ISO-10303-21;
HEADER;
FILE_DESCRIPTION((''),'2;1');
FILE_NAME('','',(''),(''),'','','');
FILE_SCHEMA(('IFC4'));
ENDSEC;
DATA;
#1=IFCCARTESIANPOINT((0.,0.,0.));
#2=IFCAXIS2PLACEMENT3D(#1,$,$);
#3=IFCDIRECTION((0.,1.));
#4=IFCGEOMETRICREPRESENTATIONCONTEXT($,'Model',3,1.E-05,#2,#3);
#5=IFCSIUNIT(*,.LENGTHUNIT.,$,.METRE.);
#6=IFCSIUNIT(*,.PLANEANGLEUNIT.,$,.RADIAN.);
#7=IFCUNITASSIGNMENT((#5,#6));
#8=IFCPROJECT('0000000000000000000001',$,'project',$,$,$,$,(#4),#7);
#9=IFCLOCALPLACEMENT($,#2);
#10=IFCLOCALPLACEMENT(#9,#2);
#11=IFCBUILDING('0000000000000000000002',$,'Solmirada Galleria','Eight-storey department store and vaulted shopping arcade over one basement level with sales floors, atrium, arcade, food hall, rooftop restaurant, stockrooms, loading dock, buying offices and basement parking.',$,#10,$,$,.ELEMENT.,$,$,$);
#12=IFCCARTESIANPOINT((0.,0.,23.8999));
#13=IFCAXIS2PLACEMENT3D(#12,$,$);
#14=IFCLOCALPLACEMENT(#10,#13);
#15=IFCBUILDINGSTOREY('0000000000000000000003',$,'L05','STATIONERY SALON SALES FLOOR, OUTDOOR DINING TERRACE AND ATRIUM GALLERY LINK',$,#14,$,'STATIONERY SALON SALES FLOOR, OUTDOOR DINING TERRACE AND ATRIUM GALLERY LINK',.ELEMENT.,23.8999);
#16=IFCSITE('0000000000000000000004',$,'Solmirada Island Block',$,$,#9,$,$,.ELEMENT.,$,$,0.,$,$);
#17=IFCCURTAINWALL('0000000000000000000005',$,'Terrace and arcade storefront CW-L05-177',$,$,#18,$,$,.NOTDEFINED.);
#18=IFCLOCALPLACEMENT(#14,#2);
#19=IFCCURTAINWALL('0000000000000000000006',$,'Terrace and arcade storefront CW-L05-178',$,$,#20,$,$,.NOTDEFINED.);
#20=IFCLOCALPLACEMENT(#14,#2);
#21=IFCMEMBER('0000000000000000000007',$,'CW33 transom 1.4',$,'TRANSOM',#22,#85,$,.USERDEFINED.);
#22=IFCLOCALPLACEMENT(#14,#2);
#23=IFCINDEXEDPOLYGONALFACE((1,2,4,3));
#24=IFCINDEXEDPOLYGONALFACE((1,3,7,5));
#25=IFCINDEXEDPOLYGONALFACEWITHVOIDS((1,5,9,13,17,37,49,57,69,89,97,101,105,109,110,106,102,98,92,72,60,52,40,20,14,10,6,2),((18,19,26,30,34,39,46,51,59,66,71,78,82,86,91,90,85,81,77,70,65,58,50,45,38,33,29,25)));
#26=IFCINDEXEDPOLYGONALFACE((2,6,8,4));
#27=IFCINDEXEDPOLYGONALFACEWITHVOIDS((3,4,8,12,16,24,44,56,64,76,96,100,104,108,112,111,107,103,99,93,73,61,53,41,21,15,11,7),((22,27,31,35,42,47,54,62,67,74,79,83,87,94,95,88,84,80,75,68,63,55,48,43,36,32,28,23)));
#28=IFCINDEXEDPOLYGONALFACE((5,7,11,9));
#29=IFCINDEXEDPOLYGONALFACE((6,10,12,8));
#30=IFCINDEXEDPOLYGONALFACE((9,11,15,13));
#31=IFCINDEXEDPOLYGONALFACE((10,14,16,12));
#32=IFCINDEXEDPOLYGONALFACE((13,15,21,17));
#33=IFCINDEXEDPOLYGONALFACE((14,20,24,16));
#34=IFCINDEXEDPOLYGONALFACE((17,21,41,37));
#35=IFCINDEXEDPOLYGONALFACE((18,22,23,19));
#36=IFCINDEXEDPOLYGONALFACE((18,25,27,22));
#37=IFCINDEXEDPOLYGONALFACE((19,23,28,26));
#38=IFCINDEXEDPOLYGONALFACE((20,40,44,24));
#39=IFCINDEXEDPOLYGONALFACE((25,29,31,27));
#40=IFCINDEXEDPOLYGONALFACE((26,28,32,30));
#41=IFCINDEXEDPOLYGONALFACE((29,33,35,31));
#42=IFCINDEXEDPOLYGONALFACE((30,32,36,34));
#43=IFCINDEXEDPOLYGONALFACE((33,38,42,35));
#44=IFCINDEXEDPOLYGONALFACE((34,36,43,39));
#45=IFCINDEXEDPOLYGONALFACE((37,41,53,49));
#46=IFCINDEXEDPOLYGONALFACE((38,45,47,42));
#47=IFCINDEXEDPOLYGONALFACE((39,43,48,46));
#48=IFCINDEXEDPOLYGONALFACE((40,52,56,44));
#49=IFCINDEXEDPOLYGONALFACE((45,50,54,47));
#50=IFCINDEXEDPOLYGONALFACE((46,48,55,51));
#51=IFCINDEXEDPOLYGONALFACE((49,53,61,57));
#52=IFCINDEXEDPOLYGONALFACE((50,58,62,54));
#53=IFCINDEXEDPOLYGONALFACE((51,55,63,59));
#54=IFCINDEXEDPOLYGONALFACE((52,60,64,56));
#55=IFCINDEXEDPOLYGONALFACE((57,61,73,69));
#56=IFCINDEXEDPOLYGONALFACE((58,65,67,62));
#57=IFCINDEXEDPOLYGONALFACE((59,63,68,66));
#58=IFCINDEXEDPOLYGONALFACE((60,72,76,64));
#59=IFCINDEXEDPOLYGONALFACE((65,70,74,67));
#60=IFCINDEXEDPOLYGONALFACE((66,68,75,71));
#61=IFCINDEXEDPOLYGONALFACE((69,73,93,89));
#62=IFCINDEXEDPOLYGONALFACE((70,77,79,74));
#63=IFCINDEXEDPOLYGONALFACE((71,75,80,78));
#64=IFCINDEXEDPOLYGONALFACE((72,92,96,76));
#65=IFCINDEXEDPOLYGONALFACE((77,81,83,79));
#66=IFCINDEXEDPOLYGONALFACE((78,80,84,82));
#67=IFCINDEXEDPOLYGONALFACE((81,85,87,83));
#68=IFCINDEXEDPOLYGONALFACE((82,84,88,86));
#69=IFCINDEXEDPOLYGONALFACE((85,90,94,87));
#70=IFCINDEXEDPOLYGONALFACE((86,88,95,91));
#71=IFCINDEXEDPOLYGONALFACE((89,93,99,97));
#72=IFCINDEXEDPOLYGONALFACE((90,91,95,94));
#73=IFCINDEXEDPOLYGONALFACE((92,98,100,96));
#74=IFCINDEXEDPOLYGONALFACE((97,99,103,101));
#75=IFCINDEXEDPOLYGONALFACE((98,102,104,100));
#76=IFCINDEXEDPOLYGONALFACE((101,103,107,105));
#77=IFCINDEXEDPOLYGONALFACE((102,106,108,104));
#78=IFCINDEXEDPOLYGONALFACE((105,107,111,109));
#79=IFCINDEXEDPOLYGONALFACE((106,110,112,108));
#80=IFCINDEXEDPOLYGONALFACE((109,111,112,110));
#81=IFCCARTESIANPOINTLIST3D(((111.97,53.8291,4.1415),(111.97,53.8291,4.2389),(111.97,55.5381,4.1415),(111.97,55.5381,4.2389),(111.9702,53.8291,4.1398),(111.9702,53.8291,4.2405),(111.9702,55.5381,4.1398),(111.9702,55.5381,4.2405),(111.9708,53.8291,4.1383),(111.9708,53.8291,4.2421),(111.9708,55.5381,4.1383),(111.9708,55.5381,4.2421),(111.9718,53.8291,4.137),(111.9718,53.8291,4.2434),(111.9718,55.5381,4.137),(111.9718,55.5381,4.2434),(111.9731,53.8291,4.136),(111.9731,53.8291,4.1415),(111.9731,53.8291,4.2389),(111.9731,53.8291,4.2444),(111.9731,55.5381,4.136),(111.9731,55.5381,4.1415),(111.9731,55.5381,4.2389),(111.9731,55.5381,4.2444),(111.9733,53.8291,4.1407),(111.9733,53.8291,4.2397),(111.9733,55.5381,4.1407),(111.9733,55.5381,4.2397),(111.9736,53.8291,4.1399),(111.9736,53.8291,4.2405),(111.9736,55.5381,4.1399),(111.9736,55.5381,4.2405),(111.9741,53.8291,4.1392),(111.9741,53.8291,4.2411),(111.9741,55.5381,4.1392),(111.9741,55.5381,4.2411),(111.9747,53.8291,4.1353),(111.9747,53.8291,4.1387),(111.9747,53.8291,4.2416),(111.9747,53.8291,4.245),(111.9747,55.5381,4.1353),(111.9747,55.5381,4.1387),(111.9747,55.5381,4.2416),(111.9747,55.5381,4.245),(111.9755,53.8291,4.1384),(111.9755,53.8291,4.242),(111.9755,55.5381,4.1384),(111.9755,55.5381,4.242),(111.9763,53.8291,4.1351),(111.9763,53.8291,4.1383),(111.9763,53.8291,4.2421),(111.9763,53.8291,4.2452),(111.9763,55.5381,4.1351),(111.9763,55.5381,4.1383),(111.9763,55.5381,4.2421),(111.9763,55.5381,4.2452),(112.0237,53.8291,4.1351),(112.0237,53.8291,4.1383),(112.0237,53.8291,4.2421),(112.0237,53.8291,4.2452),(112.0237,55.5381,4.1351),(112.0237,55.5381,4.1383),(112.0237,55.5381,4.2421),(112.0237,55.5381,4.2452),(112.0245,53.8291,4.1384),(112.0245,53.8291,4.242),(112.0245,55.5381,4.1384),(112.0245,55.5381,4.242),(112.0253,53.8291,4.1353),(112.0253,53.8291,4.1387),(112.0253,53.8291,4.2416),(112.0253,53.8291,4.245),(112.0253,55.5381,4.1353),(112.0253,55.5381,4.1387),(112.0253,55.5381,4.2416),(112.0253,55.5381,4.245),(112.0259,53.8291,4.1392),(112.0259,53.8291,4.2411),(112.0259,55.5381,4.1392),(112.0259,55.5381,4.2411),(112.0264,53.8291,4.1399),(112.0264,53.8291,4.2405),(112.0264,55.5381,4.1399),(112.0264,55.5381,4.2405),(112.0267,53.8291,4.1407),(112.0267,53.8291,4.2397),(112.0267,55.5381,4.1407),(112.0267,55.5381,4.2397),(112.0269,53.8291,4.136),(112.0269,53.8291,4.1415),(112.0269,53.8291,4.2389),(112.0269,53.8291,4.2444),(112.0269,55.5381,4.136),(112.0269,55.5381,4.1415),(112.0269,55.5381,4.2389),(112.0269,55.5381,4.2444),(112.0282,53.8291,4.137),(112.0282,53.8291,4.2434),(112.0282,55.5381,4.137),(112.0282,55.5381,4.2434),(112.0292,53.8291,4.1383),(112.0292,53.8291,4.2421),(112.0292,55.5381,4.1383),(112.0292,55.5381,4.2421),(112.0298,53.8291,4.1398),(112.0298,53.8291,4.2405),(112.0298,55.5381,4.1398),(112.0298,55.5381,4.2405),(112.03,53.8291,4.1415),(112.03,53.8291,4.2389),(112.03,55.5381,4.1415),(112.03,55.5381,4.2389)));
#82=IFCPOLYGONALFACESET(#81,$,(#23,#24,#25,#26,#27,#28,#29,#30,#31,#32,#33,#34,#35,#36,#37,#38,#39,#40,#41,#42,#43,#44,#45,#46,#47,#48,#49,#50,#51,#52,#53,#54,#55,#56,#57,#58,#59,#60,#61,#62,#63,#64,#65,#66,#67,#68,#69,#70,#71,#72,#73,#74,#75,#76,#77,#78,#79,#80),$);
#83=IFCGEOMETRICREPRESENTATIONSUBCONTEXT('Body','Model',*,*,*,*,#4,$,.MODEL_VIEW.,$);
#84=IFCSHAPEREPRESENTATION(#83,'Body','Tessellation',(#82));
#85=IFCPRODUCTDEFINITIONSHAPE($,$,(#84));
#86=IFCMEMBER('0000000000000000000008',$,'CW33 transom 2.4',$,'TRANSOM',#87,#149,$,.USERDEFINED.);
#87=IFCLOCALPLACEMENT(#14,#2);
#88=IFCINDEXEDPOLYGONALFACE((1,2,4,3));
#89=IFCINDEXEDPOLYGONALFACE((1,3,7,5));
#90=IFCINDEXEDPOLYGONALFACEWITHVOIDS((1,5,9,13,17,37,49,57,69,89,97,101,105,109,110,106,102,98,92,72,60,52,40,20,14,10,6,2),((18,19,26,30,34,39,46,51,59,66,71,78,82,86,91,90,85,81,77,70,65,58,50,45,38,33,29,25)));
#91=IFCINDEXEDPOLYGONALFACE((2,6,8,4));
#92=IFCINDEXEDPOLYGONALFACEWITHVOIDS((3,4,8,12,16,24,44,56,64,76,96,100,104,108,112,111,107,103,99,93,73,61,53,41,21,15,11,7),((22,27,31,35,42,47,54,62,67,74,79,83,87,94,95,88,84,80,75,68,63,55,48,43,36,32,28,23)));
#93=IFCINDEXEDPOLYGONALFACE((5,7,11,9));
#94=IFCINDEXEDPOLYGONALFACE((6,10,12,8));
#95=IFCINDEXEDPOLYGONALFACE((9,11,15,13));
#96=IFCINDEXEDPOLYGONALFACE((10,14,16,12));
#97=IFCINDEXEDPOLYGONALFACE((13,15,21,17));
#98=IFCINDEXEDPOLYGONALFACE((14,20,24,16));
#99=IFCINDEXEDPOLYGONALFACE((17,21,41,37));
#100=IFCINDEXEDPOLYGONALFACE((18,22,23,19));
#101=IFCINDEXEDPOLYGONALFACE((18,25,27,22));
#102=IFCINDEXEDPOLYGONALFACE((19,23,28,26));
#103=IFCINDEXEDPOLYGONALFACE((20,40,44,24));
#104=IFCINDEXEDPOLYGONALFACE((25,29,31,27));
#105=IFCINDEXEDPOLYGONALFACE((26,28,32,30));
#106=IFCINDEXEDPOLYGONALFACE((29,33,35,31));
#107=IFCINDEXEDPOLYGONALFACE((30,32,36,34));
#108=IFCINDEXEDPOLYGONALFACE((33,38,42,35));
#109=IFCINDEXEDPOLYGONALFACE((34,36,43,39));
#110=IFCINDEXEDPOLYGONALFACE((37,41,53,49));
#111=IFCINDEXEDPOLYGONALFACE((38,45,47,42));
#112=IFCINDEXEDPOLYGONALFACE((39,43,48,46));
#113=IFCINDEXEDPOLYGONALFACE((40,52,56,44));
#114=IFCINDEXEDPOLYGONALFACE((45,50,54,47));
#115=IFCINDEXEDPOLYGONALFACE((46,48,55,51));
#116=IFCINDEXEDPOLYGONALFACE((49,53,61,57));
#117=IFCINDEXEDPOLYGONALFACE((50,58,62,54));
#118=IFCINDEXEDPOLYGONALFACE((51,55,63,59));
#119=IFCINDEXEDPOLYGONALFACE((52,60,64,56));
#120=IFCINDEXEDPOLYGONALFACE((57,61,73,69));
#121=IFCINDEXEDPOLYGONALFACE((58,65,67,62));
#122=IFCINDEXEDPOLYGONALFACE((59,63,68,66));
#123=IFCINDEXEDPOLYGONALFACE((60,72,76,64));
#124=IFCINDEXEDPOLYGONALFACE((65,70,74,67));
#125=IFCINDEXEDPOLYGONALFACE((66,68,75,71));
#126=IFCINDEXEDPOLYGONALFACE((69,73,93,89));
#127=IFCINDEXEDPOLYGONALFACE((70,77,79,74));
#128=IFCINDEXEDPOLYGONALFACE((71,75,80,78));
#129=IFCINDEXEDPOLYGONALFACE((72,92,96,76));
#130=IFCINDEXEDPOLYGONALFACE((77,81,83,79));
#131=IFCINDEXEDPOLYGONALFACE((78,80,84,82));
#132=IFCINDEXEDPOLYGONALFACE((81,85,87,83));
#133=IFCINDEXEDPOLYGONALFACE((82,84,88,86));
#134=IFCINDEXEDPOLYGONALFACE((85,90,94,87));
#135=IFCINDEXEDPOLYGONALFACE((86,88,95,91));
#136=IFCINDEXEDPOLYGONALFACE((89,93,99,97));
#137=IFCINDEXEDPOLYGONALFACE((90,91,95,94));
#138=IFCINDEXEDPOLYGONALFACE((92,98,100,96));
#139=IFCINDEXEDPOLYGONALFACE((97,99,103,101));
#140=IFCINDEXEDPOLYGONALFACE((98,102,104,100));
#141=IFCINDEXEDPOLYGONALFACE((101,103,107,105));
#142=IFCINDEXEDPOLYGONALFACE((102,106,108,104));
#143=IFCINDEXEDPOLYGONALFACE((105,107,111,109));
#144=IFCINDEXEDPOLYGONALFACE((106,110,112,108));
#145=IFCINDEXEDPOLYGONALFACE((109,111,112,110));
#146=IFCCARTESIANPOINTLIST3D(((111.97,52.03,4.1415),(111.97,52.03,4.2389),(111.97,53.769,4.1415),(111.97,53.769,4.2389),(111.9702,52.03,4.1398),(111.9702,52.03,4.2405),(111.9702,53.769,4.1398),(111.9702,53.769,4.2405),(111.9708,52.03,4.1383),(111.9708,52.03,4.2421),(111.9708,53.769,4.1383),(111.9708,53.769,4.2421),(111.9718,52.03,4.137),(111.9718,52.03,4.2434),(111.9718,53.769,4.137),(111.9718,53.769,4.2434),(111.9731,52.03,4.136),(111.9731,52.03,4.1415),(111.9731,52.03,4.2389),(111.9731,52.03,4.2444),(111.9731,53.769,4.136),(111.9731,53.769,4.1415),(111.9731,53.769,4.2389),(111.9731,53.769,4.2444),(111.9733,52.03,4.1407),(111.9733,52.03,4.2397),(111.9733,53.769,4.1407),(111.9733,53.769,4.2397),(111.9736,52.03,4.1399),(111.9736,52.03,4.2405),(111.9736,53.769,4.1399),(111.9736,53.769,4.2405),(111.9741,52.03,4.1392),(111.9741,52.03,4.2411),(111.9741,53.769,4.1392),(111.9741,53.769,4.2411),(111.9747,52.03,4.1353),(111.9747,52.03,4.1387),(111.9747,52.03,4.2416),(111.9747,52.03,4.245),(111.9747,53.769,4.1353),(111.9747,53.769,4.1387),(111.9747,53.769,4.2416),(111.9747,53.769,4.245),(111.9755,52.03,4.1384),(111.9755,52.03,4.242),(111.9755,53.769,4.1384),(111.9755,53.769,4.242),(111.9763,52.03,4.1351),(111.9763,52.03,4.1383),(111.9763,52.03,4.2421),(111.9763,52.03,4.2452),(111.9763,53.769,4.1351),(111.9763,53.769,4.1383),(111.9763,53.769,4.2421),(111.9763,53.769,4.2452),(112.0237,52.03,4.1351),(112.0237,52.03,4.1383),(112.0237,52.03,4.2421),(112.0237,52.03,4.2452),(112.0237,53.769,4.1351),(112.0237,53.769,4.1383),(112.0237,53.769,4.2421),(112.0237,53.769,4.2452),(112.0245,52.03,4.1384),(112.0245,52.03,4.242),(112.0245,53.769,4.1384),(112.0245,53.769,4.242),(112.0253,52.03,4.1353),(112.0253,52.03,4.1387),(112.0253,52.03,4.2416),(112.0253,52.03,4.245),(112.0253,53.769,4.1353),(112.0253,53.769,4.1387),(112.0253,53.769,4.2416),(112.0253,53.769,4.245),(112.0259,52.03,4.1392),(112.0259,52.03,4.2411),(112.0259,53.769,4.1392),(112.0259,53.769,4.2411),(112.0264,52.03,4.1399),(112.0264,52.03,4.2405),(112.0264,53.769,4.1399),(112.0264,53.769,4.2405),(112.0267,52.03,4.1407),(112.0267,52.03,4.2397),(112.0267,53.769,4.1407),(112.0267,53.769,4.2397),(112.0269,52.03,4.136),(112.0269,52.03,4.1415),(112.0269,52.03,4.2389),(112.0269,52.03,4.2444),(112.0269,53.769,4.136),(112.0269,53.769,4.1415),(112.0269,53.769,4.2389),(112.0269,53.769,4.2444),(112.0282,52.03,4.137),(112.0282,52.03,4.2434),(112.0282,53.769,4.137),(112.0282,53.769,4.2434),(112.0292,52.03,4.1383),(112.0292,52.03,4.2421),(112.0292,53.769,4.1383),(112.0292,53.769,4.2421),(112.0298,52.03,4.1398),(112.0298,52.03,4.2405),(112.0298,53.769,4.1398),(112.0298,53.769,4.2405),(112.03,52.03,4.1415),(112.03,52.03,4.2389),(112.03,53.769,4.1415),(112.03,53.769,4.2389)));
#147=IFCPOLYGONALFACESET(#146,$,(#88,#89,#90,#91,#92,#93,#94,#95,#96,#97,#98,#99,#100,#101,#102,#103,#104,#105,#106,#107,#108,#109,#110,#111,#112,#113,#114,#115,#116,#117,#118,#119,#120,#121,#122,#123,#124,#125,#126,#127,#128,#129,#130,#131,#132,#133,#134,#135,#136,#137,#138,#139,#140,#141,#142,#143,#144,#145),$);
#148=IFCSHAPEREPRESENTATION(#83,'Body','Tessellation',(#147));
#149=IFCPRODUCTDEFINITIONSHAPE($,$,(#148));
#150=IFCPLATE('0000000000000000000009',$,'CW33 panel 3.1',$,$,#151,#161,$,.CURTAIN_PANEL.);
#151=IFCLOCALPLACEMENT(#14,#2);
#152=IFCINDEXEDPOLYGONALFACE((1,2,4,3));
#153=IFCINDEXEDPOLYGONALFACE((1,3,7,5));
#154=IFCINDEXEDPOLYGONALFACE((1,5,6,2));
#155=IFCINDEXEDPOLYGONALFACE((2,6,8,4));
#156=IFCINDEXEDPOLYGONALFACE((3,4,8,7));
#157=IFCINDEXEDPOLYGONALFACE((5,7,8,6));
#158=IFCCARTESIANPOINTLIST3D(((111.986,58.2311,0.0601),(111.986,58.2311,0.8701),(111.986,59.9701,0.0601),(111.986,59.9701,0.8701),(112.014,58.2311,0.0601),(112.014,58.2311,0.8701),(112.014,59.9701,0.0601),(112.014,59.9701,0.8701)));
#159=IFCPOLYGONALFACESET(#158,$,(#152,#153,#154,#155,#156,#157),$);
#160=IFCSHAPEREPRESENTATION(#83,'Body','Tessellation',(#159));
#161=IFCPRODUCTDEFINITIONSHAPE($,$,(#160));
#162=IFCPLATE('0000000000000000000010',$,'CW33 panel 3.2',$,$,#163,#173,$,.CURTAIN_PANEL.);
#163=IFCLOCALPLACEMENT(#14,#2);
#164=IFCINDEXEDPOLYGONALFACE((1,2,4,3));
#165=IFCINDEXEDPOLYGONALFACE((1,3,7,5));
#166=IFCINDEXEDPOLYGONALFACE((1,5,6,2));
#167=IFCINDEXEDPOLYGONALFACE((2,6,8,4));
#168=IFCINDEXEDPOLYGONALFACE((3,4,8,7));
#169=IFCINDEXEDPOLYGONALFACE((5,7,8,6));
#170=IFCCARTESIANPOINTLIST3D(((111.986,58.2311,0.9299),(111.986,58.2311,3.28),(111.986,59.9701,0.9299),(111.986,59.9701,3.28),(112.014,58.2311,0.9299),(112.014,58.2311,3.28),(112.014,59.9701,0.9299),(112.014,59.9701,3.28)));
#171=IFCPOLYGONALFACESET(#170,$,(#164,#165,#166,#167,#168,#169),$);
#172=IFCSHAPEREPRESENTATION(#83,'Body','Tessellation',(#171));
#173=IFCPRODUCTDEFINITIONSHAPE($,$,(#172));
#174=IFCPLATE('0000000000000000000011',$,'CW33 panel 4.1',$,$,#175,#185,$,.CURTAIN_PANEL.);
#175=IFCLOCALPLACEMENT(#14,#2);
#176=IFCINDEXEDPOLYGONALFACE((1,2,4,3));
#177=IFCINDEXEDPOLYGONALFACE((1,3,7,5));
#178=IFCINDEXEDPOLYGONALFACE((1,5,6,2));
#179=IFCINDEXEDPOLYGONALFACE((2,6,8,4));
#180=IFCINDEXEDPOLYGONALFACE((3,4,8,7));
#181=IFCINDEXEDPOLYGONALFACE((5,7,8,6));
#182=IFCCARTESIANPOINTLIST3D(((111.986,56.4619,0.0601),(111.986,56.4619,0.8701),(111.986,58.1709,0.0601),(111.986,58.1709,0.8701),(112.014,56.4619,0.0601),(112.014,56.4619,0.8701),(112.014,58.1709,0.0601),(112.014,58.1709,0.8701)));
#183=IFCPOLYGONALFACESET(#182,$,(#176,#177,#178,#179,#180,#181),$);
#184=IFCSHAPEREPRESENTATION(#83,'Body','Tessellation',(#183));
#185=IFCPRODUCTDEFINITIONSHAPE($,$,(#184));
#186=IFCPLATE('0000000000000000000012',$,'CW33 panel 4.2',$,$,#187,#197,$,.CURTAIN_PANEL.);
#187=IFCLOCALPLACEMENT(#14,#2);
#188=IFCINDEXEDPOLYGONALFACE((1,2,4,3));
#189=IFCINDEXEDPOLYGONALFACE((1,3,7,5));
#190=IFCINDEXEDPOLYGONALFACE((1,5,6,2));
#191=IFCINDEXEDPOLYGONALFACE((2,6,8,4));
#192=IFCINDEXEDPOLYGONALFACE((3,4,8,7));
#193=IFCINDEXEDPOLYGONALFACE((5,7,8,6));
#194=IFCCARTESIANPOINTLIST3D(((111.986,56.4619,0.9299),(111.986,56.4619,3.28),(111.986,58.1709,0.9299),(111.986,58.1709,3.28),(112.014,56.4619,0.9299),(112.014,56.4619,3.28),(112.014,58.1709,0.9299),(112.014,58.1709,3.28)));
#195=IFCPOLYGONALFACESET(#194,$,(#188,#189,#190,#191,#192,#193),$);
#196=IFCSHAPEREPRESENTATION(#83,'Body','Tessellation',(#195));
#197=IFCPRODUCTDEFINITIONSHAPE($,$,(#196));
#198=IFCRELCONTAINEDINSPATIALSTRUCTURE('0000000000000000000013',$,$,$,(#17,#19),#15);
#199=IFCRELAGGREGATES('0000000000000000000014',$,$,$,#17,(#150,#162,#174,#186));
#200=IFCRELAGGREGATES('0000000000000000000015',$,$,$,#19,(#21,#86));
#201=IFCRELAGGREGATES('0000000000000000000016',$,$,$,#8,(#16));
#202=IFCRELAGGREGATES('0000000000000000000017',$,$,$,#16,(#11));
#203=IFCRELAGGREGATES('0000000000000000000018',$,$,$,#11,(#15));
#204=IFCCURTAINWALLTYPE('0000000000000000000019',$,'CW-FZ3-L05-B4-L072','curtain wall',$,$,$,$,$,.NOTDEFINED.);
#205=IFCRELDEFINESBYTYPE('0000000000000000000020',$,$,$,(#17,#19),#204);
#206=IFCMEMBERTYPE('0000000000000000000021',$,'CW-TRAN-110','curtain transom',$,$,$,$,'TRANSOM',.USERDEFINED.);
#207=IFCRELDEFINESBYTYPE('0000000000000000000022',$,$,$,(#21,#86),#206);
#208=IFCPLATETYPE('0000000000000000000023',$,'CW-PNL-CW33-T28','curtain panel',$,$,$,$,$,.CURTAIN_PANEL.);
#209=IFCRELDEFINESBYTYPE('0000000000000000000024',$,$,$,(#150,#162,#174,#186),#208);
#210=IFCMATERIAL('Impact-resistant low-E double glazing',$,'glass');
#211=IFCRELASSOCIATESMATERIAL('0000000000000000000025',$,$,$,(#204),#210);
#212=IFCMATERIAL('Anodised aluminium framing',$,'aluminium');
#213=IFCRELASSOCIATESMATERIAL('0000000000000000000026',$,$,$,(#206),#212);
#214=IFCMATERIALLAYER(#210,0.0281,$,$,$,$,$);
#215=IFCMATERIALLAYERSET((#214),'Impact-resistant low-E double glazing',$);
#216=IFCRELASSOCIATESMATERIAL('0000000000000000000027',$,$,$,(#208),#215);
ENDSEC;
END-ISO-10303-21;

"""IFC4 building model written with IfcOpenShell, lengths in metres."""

from ifc_helpers import new_model, si_unit, direction, frame, origin, origin_2d, place, context, subcontext, project, spatial, rectangle, hollow_rectangle, extrude, material, layer, layer_set, material_profile, profile_set, type_object, element, aggregate, save


model = new_model("IFC4")

# Units and contexts
model_context = context("Model", 3, precision=1e-05, world=origin(), true_north=direction((0.0, 1.0)))
body_context = subcontext(model_context, "Body", "Model", "MODEL_VIEW")
ifc_project = project(units=[si_unit("LENGTHUNIT", "METRE"), si_unit("PLANEANGLEUNIT", "RADIAN")], contexts=[model_context])

# Site, building, storey
site_placement = place(None, origin())
site = spatial("IfcSite", under=ifc_project, at=site_placement, Name="Solmirada Island Block", CompositionType="ELEMENT", RefElevation=0.0)
building_placement = place(site_placement, origin())
building = spatial("IfcBuilding", under=site, at=building_placement, Name="Solmirada Galleria", Description="Eight-storey department store and vaulted shopping arcade over one basement level with sales floors, atrium, arcade, food hall, rooftop restaurant, stockrooms, loading dock, buying offices and basement parking.", CompositionType="ELEMENT")
storey_placement = place(building_placement, frame((0.0, 0.0, 23.8999)))
storey = spatial("IfcBuildingStorey", under=building, at=storey_placement, Name="L05", Description="STATIONERY SALON SALES FLOOR, OUTDOOR DINING TERRACE AND ATRIUM GALLERY LINK", LongName="STATIONERY SALON SALES FLOOR, OUTDOOR DINING TERRACE AND ATRIUM GALLERY LINK", CompositionType="ELEMENT", Elevation=23.8999)

# Curtain walls
ifc_material_1 = material(Name="Impact-resistant low-E double glazing", Category="glass")
curtain_wall_type = type_object("IfcCurtainWallType", Name="CW-FZ3-L05-B4-L072", Description="curtain wall", PredefinedType="NOTDEFINED", material=ifc_material_1)
curtain_wall_1_placement = place(storey_placement, origin())
curtain_wall_1 = element("IfcCurtainWall", 1, at=curtain_wall_1_placement, inside=storey, type_object=curtain_wall_type, Name="Terrace and arcade storefront CW-L05-177", PredefinedType="NOTDEFINED")
ifc_material_2 = material(Name="Anodised aluminium framing", Category="aluminium")
curtain_wall_2_placement = place(storey_placement, origin())
curtain_wall_2 = element("IfcCurtainWall", 2, at=curtain_wall_2_placement, inside=storey, type_object=curtain_wall_type, Name="Terrace and arcade storefront CW-L05-178", PredefinedType="NOTDEFINED")

# Members
ifc_material_profile_1 = material_profile(ifc_material_2, hollow_rectangle(XDim=0.0601, YDim=0.1101, WallThickness=0.0032, InnerFilletRadius=0.0032, OuterFilletRadius=0.0063, at=origin_2d()), Name="ALU-TRAN-110X60")
ifc_profile_set_1 = profile_set([ifc_material_profile_1], Name="Anodised aluminium framing")
member_type_1 = type_object("IfcMemberType", Name="CW-TRAN-110", Description="curtain transom", ElementType="TRANSOM", PredefinedType="USERDEFINED", material=ifc_profile_set_1)
member_1_placement = place(storey_placement, frame((112.0, 55.5381, 4.1902), z_axis=(0.0, -1.0, 0.0), x_axis=(1.0, 0.0, 0.0)))
member_1 = element("IfcMember", 3, at=member_1_placement, type_object=member_type_1, Name="CW33 transom 1.4", ObjectType="TRANSOM", PredefinedType="USERDEFINED", context=body_context, shape_type="SweptSolid", body=[
    extrude(hollow_rectangle(XDim=0.0601, YDim=0.1101, WallThickness=0.0032, InnerFilletRadius=0.0032, OuterFilletRadius=0.0063, at=origin_2d()), origin(), (0.0, 0.0, 1.0), 1.709),
])
member_2_placement = place(storey_placement, frame((112.0, 53.769, 4.1902), z_axis=(0.0, -1.0, 0.0), x_axis=(1.0, 0.0, 0.0)))
member_2 = element("IfcMember", 4, at=member_2_placement, type_object=member_type_1, Name="CW33 transom 2.4", ObjectType="TRANSOM", PredefinedType="USERDEFINED", context=body_context, shape_type="SweptSolid", body=[
    extrude(hollow_rectangle(XDim=0.0601, YDim=0.1101, WallThickness=0.0032, InnerFilletRadius=0.0032, OuterFilletRadius=0.0063, at=origin_2d()), origin(), (0.0, 0.0, 1.0), 1.739),
])

# Plates
ifc_layer = layer(ifc_material_1, 0.0281)
ifc_layer_set = layer_set([ifc_layer], Name="Impact-resistant low-E double glazing")
plate_type = type_object("IfcPlateType", Name="CW-PNL-CW33-T28", Description="curtain panel", PredefinedType="CURTAIN_PANEL", material=ifc_layer_set)
plate_1_placement = place(storey_placement, frame((112.0, 59.1006, 0.0601), z_axis=(0.0, 0.0, 1.0), x_axis=(0.0, -1.0, 0.0)))
plate_1 = element("IfcPlate", 5, at=plate_1_placement, type_object=plate_type, Name="CW33 panel 3.1", PredefinedType="CURTAIN_PANEL", context=body_context, shape_type="SweptSolid", body=[
    extrude(rectangle(XDim=1.739, YDim=0.0281, at=origin_2d()), origin(), (0.0, 0.0, 1.0), 0.8101),
])
plate_2_placement = place(storey_placement, frame((112.0, 59.1006, 0.9299), z_axis=(0.0, 0.0, 1.0), x_axis=(0.0, -1.0, 0.0)))
plate_2 = element("IfcPlate", 6, at=plate_2_placement, type_object=plate_type, Name="CW33 panel 3.2", PredefinedType="CURTAIN_PANEL", context=body_context, shape_type="SweptSolid", body=[
    extrude(rectangle(XDim=1.739, YDim=0.0281, at=origin_2d()), origin(), (0.0, 0.0, 1.0), 2.3501),
])
plate_3_placement = place(storey_placement, frame((112.0, 57.3164, 0.0601), z_axis=(0.0, 0.0, 1.0), x_axis=(0.0, -1.0, 0.0)))
plate_3 = element("IfcPlate", 7, at=plate_3_placement, type_object=plate_type, Name="CW33 panel 4.1", PredefinedType="CURTAIN_PANEL", context=body_context, shape_type="SweptSolid", body=[
    extrude(rectangle(XDim=1.709, YDim=0.0281, at=origin_2d()), origin(), (0.0, 0.0, 1.0), 0.8101),
])
plate_4_placement = place(storey_placement, frame((112.0, 57.3164, 0.9299), z_axis=(0.0, 0.0, 1.0), x_axis=(0.0, -1.0, 0.0)))
plate_4 = element("IfcPlate", 8, at=plate_4_placement, type_object=plate_type, Name="CW33 panel 4.2", PredefinedType="CURTAIN_PANEL", context=body_context, shape_type="SweptSolid", body=[
    extrude(rectangle(XDim=1.709, YDim=0.0281, at=origin_2d()), origin(), (0.0, 0.0, 1.0), 2.3501),
])
aggregate(curtain_wall_1, [plate_1, plate_2, plate_3, plate_4])
aggregate(curtain_wall_2, [member_1, member_2])

save(model, "model.ifc")
